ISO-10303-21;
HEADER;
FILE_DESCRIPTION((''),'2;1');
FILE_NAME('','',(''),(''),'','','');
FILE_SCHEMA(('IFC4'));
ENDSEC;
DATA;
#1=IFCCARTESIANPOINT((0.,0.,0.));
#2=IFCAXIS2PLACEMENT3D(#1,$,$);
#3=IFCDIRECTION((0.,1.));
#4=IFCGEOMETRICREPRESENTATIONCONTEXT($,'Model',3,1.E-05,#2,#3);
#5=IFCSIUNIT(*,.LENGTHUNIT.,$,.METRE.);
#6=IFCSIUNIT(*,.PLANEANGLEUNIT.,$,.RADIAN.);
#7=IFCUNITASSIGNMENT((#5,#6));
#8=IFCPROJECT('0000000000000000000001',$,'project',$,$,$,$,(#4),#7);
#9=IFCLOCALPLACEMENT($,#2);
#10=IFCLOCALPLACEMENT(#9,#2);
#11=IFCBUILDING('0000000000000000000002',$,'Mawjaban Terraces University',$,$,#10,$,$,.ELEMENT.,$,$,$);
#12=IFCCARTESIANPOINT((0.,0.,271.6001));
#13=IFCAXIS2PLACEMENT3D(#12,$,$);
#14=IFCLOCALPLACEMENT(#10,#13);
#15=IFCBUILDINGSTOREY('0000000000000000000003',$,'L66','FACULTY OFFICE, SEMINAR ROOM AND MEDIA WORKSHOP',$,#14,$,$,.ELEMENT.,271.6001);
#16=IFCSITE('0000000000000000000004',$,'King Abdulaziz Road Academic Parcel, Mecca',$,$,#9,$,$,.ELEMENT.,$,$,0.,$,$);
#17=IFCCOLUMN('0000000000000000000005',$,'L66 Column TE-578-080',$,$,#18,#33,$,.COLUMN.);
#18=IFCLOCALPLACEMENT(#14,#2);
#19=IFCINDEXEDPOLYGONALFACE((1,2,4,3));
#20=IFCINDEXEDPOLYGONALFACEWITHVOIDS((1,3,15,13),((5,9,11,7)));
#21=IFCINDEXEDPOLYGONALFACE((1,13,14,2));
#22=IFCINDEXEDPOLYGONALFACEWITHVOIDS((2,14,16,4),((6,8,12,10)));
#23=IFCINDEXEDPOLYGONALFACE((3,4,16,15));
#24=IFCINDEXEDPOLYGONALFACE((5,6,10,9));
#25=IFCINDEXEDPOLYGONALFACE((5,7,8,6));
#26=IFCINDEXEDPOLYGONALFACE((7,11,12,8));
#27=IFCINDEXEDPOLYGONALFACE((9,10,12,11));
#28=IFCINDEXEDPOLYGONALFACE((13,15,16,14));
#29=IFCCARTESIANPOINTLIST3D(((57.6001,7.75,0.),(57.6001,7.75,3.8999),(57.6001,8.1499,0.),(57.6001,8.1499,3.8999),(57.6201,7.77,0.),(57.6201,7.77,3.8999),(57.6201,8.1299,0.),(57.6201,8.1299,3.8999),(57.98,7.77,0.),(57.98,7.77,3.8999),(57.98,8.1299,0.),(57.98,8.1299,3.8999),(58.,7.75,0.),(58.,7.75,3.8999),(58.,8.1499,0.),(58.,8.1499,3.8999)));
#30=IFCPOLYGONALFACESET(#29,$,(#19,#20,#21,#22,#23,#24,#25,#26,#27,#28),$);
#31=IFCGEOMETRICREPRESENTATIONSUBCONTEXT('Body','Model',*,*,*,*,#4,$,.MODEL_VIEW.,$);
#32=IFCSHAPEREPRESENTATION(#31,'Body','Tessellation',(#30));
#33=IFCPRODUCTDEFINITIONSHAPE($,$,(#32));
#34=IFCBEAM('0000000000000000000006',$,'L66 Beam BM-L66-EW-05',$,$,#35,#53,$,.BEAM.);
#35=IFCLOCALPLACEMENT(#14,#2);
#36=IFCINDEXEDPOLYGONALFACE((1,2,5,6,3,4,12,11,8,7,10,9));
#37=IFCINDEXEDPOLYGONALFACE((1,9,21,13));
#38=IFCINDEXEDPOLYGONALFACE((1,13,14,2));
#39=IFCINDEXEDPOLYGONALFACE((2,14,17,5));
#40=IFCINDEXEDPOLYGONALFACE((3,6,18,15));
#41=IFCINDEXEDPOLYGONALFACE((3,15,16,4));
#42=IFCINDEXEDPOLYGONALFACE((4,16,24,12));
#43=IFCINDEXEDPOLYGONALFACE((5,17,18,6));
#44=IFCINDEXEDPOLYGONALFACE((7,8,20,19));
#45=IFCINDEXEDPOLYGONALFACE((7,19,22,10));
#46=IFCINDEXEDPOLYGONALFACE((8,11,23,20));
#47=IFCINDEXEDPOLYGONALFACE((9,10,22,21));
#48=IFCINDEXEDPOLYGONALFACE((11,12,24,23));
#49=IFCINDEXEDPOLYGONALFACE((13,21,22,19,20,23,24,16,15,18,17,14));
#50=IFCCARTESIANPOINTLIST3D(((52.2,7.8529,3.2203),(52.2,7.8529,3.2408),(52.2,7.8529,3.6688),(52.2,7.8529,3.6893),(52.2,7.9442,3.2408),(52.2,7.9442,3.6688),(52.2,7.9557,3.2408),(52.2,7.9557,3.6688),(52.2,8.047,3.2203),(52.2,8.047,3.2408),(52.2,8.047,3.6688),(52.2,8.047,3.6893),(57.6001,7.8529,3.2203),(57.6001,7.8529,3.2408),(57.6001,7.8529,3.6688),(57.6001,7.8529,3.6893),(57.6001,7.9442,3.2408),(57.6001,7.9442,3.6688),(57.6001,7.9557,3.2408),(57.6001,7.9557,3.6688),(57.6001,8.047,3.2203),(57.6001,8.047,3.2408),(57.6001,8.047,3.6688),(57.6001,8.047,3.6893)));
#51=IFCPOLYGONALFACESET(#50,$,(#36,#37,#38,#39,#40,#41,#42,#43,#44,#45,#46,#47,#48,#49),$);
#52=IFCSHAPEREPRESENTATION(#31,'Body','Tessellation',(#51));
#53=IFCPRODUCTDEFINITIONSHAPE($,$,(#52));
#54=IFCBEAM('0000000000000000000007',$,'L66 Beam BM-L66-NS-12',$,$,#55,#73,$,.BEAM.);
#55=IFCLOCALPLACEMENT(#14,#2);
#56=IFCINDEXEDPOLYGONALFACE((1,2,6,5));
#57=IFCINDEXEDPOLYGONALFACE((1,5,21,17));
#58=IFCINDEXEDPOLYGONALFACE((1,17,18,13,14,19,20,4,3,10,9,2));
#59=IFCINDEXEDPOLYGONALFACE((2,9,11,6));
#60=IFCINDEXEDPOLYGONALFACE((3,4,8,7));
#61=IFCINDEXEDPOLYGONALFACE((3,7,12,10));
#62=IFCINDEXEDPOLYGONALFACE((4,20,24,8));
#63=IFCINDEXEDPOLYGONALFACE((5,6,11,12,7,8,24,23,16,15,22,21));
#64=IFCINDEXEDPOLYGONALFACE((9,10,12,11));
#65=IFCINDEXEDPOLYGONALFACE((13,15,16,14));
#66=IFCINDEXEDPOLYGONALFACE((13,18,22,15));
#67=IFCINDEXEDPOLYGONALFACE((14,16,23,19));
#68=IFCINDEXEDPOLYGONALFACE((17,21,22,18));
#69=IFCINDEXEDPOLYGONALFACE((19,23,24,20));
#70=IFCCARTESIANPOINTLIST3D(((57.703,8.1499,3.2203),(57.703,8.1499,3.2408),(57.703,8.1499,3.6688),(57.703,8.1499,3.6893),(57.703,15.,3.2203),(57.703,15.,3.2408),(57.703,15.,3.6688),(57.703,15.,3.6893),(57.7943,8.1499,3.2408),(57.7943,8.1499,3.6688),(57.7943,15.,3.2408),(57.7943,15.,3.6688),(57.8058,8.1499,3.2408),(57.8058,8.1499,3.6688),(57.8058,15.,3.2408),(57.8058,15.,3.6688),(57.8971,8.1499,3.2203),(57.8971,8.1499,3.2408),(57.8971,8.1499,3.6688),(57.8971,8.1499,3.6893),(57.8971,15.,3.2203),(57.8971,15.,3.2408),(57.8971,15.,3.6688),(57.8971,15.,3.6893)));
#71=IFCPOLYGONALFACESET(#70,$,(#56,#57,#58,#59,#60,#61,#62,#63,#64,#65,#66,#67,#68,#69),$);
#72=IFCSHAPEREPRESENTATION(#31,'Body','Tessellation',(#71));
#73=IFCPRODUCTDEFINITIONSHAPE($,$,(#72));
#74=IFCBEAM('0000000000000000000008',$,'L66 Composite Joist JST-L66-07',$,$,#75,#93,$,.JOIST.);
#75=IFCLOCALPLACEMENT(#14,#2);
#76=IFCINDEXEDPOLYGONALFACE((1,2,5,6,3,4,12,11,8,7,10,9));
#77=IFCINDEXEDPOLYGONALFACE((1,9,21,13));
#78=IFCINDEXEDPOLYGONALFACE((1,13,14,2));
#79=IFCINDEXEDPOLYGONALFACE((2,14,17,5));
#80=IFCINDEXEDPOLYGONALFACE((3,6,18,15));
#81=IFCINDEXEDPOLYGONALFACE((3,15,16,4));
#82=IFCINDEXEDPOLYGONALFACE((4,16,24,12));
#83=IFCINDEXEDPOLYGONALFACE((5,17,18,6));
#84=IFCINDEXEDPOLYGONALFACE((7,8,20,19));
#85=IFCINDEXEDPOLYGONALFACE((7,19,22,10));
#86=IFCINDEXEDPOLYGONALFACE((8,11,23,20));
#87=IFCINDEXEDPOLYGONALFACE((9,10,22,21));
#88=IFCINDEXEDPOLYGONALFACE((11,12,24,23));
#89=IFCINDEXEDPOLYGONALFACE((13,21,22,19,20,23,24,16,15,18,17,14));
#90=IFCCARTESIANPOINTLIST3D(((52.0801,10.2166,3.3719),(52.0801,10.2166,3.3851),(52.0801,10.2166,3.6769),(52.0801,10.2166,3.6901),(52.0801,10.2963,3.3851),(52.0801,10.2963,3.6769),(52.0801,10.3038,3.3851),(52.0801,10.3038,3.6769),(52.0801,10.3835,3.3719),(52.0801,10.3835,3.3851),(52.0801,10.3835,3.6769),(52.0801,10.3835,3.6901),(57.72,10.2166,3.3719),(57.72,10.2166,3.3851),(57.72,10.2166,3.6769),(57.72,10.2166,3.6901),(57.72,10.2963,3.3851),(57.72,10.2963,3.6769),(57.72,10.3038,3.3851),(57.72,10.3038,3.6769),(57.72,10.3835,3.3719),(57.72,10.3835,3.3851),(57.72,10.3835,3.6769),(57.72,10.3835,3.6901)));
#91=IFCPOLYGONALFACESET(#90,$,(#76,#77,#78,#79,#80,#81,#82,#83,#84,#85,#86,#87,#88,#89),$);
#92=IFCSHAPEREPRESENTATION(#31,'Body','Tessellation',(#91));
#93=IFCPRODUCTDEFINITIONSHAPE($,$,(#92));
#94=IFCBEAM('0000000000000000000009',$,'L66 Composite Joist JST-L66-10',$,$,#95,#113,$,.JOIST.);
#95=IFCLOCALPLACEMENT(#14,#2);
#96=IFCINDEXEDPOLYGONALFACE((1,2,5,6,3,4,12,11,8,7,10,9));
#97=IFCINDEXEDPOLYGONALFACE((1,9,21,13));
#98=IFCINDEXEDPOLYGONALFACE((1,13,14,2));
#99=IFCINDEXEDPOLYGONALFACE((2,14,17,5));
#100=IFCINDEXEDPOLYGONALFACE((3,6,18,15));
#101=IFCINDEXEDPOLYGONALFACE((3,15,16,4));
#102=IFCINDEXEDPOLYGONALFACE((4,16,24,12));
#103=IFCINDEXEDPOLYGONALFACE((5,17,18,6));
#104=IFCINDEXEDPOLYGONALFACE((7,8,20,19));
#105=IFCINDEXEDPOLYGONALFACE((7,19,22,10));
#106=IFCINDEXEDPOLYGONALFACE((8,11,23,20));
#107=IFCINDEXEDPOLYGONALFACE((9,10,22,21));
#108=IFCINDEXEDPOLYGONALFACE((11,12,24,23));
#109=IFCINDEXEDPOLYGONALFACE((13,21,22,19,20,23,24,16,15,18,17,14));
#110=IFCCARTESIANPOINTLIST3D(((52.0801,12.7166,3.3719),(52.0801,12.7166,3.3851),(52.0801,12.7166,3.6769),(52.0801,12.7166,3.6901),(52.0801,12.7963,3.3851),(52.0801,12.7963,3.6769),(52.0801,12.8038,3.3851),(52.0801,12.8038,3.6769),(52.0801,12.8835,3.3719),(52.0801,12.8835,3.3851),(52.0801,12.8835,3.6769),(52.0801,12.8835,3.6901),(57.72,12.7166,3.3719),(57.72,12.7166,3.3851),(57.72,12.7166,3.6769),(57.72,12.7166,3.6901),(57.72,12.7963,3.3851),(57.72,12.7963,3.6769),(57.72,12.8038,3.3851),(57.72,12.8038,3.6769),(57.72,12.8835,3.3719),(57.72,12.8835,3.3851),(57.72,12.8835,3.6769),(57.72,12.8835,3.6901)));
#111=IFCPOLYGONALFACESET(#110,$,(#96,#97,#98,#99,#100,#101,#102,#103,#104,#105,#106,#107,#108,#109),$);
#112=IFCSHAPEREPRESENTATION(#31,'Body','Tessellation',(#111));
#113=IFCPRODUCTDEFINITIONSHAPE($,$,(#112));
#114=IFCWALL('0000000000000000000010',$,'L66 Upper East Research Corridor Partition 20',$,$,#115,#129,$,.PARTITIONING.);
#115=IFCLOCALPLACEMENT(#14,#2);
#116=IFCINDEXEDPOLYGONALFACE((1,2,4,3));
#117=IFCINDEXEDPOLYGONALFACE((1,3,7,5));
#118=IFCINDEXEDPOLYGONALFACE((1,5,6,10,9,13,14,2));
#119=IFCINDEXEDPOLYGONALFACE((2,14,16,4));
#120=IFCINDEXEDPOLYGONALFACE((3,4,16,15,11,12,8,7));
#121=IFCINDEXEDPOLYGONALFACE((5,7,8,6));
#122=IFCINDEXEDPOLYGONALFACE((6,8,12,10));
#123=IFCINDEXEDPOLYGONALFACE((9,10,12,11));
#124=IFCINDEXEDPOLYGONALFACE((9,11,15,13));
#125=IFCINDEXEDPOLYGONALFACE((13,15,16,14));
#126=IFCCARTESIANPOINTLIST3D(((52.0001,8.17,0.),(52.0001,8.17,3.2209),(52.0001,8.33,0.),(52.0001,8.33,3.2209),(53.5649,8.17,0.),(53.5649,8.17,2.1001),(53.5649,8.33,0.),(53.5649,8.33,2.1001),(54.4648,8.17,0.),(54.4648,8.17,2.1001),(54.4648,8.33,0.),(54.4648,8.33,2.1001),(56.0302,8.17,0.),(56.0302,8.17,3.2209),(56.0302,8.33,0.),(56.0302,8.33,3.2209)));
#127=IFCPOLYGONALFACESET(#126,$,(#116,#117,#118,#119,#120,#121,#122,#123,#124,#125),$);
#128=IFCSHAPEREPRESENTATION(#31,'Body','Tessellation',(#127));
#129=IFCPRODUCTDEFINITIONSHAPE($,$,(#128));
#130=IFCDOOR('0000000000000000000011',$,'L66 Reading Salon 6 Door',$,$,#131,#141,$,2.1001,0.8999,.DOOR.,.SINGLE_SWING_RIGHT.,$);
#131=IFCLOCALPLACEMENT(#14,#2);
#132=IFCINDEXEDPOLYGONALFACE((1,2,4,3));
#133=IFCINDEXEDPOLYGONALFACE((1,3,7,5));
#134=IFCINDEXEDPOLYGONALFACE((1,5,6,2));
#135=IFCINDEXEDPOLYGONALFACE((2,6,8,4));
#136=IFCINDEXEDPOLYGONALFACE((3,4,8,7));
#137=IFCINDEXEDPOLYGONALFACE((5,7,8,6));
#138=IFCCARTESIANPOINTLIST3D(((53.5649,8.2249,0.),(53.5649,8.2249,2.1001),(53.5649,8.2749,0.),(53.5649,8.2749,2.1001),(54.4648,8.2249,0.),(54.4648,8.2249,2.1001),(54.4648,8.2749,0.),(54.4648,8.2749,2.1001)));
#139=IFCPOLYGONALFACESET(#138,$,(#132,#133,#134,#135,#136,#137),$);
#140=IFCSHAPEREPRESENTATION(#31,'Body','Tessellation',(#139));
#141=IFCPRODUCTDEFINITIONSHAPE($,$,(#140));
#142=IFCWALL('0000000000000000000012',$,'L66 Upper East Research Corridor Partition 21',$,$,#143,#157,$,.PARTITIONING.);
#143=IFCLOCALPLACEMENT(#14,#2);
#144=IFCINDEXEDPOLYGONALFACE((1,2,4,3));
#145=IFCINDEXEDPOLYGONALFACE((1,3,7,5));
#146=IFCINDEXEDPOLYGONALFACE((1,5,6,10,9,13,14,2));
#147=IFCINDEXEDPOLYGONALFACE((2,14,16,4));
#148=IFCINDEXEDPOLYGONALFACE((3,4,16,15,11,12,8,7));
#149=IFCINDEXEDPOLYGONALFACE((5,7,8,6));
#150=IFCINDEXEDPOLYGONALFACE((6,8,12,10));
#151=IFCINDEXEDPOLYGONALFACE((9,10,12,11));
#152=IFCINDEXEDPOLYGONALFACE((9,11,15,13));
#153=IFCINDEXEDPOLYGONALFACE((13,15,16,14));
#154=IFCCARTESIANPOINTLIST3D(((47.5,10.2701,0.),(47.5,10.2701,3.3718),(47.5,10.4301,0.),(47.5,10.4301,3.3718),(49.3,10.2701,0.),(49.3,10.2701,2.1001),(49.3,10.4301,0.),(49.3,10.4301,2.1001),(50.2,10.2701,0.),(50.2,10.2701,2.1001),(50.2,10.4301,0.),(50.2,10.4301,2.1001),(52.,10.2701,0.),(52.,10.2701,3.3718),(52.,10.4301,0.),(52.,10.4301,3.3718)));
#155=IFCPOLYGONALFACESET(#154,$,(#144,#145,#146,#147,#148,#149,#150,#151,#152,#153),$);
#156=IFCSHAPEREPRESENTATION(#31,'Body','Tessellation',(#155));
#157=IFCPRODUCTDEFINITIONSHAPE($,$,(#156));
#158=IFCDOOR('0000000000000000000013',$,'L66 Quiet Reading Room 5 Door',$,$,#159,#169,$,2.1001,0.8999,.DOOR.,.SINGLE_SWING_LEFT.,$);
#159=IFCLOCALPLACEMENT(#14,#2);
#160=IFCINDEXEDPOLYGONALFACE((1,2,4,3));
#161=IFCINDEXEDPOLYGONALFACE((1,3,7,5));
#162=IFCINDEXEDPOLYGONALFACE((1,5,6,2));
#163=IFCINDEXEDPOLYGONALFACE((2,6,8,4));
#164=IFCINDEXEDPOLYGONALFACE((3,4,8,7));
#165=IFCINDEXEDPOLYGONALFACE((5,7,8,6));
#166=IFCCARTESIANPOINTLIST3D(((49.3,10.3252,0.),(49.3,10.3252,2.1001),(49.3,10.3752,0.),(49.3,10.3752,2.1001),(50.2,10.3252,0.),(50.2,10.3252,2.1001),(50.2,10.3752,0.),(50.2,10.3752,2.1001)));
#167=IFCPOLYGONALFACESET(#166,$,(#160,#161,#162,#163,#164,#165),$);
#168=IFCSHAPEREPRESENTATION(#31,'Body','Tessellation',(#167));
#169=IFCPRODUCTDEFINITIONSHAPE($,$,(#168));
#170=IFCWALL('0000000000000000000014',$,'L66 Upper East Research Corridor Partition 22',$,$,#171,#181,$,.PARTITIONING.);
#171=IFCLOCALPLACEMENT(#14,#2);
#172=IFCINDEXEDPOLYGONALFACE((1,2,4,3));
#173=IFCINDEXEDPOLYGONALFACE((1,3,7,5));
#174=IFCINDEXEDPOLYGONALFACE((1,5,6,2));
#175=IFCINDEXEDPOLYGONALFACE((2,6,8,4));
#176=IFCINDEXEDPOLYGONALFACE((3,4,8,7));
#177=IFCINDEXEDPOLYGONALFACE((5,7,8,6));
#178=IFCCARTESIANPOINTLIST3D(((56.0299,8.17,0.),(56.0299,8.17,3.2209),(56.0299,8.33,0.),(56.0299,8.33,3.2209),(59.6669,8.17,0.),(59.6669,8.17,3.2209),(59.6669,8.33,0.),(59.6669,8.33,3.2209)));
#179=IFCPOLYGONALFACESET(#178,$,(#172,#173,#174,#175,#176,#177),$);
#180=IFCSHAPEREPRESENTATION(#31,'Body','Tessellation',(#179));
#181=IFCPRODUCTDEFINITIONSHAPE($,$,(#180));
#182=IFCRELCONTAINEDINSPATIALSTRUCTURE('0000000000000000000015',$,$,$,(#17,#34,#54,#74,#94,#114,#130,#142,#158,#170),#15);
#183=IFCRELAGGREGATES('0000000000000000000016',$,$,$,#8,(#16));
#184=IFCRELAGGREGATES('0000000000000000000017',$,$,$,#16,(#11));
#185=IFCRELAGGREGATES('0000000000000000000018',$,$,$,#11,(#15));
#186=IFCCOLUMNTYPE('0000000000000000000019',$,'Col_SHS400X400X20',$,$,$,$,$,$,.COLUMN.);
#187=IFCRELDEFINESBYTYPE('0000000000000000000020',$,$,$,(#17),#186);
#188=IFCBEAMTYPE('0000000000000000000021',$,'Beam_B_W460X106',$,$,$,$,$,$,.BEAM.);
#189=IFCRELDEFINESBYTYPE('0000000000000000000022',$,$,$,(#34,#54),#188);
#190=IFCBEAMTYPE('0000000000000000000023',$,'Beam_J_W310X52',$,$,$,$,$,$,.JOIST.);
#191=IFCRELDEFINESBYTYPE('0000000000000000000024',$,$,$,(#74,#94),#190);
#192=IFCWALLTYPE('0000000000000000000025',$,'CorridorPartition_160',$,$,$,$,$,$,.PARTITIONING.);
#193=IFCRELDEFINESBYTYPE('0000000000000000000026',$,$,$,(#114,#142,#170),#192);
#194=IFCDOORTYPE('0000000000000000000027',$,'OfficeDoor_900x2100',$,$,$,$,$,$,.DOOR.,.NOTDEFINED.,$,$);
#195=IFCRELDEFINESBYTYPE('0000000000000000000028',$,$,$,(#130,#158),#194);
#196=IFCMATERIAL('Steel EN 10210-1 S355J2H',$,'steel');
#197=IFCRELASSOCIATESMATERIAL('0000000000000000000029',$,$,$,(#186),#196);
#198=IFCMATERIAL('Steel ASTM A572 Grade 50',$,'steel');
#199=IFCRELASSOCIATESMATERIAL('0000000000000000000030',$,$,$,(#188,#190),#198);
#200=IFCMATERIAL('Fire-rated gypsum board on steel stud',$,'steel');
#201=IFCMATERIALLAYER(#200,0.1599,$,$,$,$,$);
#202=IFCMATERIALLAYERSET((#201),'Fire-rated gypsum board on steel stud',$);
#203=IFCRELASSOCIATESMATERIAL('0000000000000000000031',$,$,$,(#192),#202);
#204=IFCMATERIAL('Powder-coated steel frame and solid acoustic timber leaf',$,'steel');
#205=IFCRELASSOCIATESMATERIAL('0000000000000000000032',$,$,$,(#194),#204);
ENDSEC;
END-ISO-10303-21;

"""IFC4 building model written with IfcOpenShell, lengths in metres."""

from ifc_helpers import new_model, si_unit, direction, frame, frame_2d, origin, origin_2d, place, context, subcontext, project, spatial, rectangle, hollow_rectangle, i_section, extrude, material, layer, layer_set, material_profile, profile_set, type_object, element, fill, save


model = new_model("IFC4")

# Units and contexts
model_context = context("Model", 3, precision=1e-05, world=origin(), true_north=direction((0.0, 1.0)))
body_context = subcontext(model_context, "Body", "Model", "MODEL_VIEW")
ifc_project = project(units=[si_unit("LENGTHUNIT", "METRE"), si_unit("PLANEANGLEUNIT", "RADIAN")], contexts=[model_context])

# Site, building, storey
site_placement = place(None, origin())
site = spatial("IfcSite", under=ifc_project, at=site_placement, Name="King Abdulaziz Road Academic Parcel, Mecca", CompositionType="ELEMENT", RefElevation=0.0)
building_placement = place(site_placement, origin())
building = spatial("IfcBuilding", under=site, at=building_placement, Name="Mawjaban Terraces University", CompositionType="ELEMENT")
storey_placement = place(building_placement, frame((0.0, 0.0, 271.6001)))
storey = spatial("IfcBuildingStorey", under=building, at=storey_placement, Name="L66", Description="FACULTY OFFICE, SEMINAR ROOM AND MEDIA WORKSHOP", CompositionType="ELEMENT", Elevation=271.6001)

# Column
ifc_material_1 = material(Name="Steel EN 10210-1 S355J2H", Category="steel")
ifc_material_profile_1 = material_profile(ifc_material_1, hollow_rectangle(XDim=0.3999, YDim=0.3999, WallThickness=0.02, at=origin_2d()), Name="SHS400X400X20")
ifc_profile_set_1 = profile_set([ifc_material_profile_1], Name="Steel EN 10210-1 S355J2H")
column_type = type_object("IfcColumnType", Name="Col_SHS400X400X20", PredefinedType="COLUMN", material=ifc_profile_set_1)
column_placement = place(storey_placement, frame((57.8, 7.95, 0.0), z_axis=(0.0, 0.0, 1.0), x_axis=(1.0, 0.0, 0.0)))
element("IfcColumn", 1, at=column_placement, inside=storey, type_object=column_type, Name="L66 Column TE-578-080", PredefinedType="COLUMN", context=body_context, shape_type="SweptSolid", body=[
    extrude(hollow_rectangle(XDim=0.3999, YDim=0.3999, WallThickness=0.02, at=origin_2d()), origin(), (0.0, 0.0, 1.0), 3.8999),
])

# Beams
ifc_material_2 = material(Name="Steel ASTM A572 Grade 50", Category="steel")
ifc_material_profile_2 = material_profile(ifc_material_2, i_section(OverallWidth=0.1941, OverallDepth=0.469, WebThickness=0.0115, FlangeThickness=0.0205, at=origin_2d()), Name="W460X106")
ifc_profile_set_2 = profile_set([ifc_material_profile_2], Name="Steel ASTM A572 Grade 50")
beam_type_1 = type_object("IfcBeamType", Name="Beam_B_W460X106", PredefinedType="BEAM", material=ifc_profile_set_2)
beam_1_placement = place(storey_placement, frame((52.2, 7.95, 3.4548), z_axis=(1.0, 0.0, 0.0), x_axis=(0.0, 1.0, 0.0)))
element("IfcBeam", 2, at=beam_1_placement, inside=storey, type_object=beam_type_1, Name="L66 Beam BM-L66-EW-05", PredefinedType="BEAM", context=body_context, shape_type="SweptSolid", body=[
    extrude(i_section(OverallWidth=0.1941, OverallDepth=0.469, WebThickness=0.0115, FlangeThickness=0.0205, at=origin_2d()), origin(), (0.0, 0.0, 1.0), 5.4001),
])
beam_2_placement = place(storey_placement, frame((57.8, 8.1499, 3.4548), z_axis=(0.0, 1.0, 0.0), x_axis=(-1.0, 0.0, 0.0)))
element("IfcBeam", 3, at=beam_2_placement, inside=storey, type_object=beam_type_1, Name="L66 Beam BM-L66-NS-12", PredefinedType="BEAM", context=body_context, shape_type="SweptSolid", body=[
    extrude(i_section(OverallWidth=0.1941, OverallDepth=0.469, WebThickness=0.0115, FlangeThickness=0.0205, at=origin_2d()), origin(), (0.0, 0.0, 1.0), 6.8501),
])
ifc_material_profile_3 = material_profile(ifc_material_2, i_section(OverallWidth=0.167, OverallDepth=0.3181, WebThickness=0.0076, FlangeThickness=0.0132, at=origin_2d()), Name="W310X52")
ifc_profile_set_3 = profile_set([ifc_material_profile_3], Name="Steel ASTM A572 Grade 50")
beam_type_2 = type_object("IfcBeamType", Name="Beam_J_W310X52", PredefinedType="JOIST", material=ifc_profile_set_3)
for number, where, z_axis, x_axis, name in (
    (4, (52.0801, 10.3, 3.531), (1.0, 0.0, 0.0), (0.0, 1.0, 0.0), "L66 Composite Joist JST-L66-07"),
    (5, (52.0801, 12.8, 3.531), (1.0, 0.0, 0.0), (0.0, 1.0, 0.0), "L66 Composite Joist JST-L66-10"),
):
    element("IfcBeam", number, at=place(storey_placement, frame(where, z_axis=z_axis, x_axis=x_axis)), inside=storey, type_object=beam_type_2, Name=name, PredefinedType="JOIST", context=body_context, shape_type="SweptSolid", body=[
        extrude(i_section(OverallWidth=0.167, OverallDepth=0.3181, WebThickness=0.0076, FlangeThickness=0.0132, at=origin_2d()), origin(), (0.0, 0.0, 1.0), 5.6399),
    ])

# Walls, openings, doors
ifc_material_3 = material(Name="Fire-rated gypsum board on steel stud", Category="steel")
ifc_layer_1 = layer(ifc_material_3, 0.1599)
ifc_layer_set_1 = layer_set([ifc_layer_1], Name="Fire-rated gypsum board on steel stud")
wall_type_1 = type_object("IfcWallType", Name="CorridorPartition_160", PredefinedType="PARTITIONING", material=ifc_layer_set_1)
wall_1_placement = place(storey_placement, frame((52.0, 8.25, 0.0), z_axis=(0.0, 0.0, 1.0), x_axis=(1.0, 0.0, 0.0)))
wall_1 = element("IfcWall", 6, at=wall_1_placement, inside=storey, type_object=wall_type_1, Name="L66 Upper East Research Corridor Partition 20", PredefinedType="PARTITIONING", context=body_context, shape_type="SweptSolid", body=[
    extrude(rectangle(XDim=4.03, YDim=0.1599, at=frame_2d((2.0151, 0.0))), origin(), (0.0, 0.0, 1.0), 3.2209),
])
opening_1_placement = place(wall_1_placement, frame((1.5649, 0.0, 0.0)))
opening_1 = element("IfcOpeningElement", 7, at=opening_1_placement, cuts=wall_1, PredefinedType="OPENING", context=body_context, shape_type="SweptSolid", body=[
    extrude(rectangle(XDim=0.8999, YDim=2.1001, at=frame_2d((0.45, 1.05))), frame((0.0, 0.0898, 0.0), z_axis=(0.0, -1.0, 0.0), x_axis=(1.0, 0.0, 0.0)), (0.0, 0.0, 1.0), 0.1799),
])
ifc_material_4 = material(Name="Powder-coated steel frame and solid acoustic timber leaf", Category="steel")
door_type_1 = type_object("IfcDoorType", Name="OfficeDoor_900x2100", OperationType="NOTDEFINED", PredefinedType="DOOR", material=ifc_material_4)
door_1_placement = place(opening_1_placement, origin())
door_1 = element("IfcDoor", 8, at=door_1_placement, inside=storey, type_object=door_type_1, Name="L66 Reading Salon 6 Door", OperationType="SINGLE_SWING_RIGHT", OverallHeight=2.1001, OverallWidth=0.8999, PredefinedType="DOOR", context=body_context, shape_type="SweptSolid", body=[
    extrude(rectangle(XDim=0.8999, YDim=2.1001, at=frame_2d((0.45, 1.05))), frame((0.0, 0.0249, 0.0), z_axis=(0.0, -1.0, 0.0), x_axis=(1.0, 0.0, 0.0)), (0.0, 0.0, 1.0), 0.05),
])
fill(opening_1, door_1)
wall_2_placement = place(storey_placement, frame((52.0, 10.3501, 0.0), z_axis=(0.0, 0.0, 1.0), x_axis=(-1.0, 0.0, 0.0)))
wall_2 = element("IfcWall", 9, at=wall_2_placement, inside=storey, type_object=wall_type_1, Name="L66 Upper East Research Corridor Partition 21", PredefinedType="PARTITIONING", context=body_context, shape_type="SweptSolid", body=[
    extrude(rectangle(XDim=4.5, YDim=0.1599, at=frame_2d((2.25, 0.0))), origin(), (0.0, 0.0, 1.0), 3.3718),
])
opening_2_placement = place(wall_2_placement, frame((1.8, 0.0, 0.0)))
opening_2 = element("IfcOpeningElement", 10, at=opening_2_placement, cuts=wall_2, PredefinedType="OPENING", context=body_context, shape_type="SweptSolid", body=[
    extrude(rectangle(XDim=0.8999, YDim=2.1001, at=frame_2d((0.45, 1.05))), frame((0.0, 0.0898, 0.0), z_axis=(0.0, -1.0, 0.0), x_axis=(1.0, 0.0, 0.0)), (0.0, 0.0, 1.0), 0.1799),
])
door_2_placement = place(opening_2_placement, origin())
door_2 = element("IfcDoor", 11, at=door_2_placement, inside=storey, type_object=door_type_1, Name="L66 Quiet Reading Room 5 Door", OperationType="SINGLE_SWING_LEFT", OverallHeight=2.1001, OverallWidth=0.8999, PredefinedType="DOOR", context=body_context, shape_type="SweptSolid", body=[
    extrude(rectangle(XDim=0.8999, YDim=2.1001, at=frame_2d((0.45, 1.05))), frame((0.0, 0.0249, 0.0), z_axis=(0.0, -1.0, 0.0), x_axis=(1.0, 0.0, 0.0)), (0.0, 0.0, 1.0), 0.05),
])
fill(opening_2, door_2)

# Wall
wall_3_placement = place(storey_placement, frame((56.03, 8.25, 0.0), z_axis=(0.0, 0.0, 1.0), x_axis=(1.0, 0.0, 0.0)))
element("IfcWall", 12, at=wall_3_placement, inside=storey, type_object=wall_type_1, Name="L66 Upper East Research Corridor Partition 22", PredefinedType="PARTITIONING", context=body_context, shape_type="SweptSolid", body=[
    extrude(rectangle(XDim=3.637, YDim=0.1599, at=frame_2d((1.8184, 0.0))), origin(), (0.0, 0.0, 1.0), 3.2209),
])

save(model, "model.ifc")
